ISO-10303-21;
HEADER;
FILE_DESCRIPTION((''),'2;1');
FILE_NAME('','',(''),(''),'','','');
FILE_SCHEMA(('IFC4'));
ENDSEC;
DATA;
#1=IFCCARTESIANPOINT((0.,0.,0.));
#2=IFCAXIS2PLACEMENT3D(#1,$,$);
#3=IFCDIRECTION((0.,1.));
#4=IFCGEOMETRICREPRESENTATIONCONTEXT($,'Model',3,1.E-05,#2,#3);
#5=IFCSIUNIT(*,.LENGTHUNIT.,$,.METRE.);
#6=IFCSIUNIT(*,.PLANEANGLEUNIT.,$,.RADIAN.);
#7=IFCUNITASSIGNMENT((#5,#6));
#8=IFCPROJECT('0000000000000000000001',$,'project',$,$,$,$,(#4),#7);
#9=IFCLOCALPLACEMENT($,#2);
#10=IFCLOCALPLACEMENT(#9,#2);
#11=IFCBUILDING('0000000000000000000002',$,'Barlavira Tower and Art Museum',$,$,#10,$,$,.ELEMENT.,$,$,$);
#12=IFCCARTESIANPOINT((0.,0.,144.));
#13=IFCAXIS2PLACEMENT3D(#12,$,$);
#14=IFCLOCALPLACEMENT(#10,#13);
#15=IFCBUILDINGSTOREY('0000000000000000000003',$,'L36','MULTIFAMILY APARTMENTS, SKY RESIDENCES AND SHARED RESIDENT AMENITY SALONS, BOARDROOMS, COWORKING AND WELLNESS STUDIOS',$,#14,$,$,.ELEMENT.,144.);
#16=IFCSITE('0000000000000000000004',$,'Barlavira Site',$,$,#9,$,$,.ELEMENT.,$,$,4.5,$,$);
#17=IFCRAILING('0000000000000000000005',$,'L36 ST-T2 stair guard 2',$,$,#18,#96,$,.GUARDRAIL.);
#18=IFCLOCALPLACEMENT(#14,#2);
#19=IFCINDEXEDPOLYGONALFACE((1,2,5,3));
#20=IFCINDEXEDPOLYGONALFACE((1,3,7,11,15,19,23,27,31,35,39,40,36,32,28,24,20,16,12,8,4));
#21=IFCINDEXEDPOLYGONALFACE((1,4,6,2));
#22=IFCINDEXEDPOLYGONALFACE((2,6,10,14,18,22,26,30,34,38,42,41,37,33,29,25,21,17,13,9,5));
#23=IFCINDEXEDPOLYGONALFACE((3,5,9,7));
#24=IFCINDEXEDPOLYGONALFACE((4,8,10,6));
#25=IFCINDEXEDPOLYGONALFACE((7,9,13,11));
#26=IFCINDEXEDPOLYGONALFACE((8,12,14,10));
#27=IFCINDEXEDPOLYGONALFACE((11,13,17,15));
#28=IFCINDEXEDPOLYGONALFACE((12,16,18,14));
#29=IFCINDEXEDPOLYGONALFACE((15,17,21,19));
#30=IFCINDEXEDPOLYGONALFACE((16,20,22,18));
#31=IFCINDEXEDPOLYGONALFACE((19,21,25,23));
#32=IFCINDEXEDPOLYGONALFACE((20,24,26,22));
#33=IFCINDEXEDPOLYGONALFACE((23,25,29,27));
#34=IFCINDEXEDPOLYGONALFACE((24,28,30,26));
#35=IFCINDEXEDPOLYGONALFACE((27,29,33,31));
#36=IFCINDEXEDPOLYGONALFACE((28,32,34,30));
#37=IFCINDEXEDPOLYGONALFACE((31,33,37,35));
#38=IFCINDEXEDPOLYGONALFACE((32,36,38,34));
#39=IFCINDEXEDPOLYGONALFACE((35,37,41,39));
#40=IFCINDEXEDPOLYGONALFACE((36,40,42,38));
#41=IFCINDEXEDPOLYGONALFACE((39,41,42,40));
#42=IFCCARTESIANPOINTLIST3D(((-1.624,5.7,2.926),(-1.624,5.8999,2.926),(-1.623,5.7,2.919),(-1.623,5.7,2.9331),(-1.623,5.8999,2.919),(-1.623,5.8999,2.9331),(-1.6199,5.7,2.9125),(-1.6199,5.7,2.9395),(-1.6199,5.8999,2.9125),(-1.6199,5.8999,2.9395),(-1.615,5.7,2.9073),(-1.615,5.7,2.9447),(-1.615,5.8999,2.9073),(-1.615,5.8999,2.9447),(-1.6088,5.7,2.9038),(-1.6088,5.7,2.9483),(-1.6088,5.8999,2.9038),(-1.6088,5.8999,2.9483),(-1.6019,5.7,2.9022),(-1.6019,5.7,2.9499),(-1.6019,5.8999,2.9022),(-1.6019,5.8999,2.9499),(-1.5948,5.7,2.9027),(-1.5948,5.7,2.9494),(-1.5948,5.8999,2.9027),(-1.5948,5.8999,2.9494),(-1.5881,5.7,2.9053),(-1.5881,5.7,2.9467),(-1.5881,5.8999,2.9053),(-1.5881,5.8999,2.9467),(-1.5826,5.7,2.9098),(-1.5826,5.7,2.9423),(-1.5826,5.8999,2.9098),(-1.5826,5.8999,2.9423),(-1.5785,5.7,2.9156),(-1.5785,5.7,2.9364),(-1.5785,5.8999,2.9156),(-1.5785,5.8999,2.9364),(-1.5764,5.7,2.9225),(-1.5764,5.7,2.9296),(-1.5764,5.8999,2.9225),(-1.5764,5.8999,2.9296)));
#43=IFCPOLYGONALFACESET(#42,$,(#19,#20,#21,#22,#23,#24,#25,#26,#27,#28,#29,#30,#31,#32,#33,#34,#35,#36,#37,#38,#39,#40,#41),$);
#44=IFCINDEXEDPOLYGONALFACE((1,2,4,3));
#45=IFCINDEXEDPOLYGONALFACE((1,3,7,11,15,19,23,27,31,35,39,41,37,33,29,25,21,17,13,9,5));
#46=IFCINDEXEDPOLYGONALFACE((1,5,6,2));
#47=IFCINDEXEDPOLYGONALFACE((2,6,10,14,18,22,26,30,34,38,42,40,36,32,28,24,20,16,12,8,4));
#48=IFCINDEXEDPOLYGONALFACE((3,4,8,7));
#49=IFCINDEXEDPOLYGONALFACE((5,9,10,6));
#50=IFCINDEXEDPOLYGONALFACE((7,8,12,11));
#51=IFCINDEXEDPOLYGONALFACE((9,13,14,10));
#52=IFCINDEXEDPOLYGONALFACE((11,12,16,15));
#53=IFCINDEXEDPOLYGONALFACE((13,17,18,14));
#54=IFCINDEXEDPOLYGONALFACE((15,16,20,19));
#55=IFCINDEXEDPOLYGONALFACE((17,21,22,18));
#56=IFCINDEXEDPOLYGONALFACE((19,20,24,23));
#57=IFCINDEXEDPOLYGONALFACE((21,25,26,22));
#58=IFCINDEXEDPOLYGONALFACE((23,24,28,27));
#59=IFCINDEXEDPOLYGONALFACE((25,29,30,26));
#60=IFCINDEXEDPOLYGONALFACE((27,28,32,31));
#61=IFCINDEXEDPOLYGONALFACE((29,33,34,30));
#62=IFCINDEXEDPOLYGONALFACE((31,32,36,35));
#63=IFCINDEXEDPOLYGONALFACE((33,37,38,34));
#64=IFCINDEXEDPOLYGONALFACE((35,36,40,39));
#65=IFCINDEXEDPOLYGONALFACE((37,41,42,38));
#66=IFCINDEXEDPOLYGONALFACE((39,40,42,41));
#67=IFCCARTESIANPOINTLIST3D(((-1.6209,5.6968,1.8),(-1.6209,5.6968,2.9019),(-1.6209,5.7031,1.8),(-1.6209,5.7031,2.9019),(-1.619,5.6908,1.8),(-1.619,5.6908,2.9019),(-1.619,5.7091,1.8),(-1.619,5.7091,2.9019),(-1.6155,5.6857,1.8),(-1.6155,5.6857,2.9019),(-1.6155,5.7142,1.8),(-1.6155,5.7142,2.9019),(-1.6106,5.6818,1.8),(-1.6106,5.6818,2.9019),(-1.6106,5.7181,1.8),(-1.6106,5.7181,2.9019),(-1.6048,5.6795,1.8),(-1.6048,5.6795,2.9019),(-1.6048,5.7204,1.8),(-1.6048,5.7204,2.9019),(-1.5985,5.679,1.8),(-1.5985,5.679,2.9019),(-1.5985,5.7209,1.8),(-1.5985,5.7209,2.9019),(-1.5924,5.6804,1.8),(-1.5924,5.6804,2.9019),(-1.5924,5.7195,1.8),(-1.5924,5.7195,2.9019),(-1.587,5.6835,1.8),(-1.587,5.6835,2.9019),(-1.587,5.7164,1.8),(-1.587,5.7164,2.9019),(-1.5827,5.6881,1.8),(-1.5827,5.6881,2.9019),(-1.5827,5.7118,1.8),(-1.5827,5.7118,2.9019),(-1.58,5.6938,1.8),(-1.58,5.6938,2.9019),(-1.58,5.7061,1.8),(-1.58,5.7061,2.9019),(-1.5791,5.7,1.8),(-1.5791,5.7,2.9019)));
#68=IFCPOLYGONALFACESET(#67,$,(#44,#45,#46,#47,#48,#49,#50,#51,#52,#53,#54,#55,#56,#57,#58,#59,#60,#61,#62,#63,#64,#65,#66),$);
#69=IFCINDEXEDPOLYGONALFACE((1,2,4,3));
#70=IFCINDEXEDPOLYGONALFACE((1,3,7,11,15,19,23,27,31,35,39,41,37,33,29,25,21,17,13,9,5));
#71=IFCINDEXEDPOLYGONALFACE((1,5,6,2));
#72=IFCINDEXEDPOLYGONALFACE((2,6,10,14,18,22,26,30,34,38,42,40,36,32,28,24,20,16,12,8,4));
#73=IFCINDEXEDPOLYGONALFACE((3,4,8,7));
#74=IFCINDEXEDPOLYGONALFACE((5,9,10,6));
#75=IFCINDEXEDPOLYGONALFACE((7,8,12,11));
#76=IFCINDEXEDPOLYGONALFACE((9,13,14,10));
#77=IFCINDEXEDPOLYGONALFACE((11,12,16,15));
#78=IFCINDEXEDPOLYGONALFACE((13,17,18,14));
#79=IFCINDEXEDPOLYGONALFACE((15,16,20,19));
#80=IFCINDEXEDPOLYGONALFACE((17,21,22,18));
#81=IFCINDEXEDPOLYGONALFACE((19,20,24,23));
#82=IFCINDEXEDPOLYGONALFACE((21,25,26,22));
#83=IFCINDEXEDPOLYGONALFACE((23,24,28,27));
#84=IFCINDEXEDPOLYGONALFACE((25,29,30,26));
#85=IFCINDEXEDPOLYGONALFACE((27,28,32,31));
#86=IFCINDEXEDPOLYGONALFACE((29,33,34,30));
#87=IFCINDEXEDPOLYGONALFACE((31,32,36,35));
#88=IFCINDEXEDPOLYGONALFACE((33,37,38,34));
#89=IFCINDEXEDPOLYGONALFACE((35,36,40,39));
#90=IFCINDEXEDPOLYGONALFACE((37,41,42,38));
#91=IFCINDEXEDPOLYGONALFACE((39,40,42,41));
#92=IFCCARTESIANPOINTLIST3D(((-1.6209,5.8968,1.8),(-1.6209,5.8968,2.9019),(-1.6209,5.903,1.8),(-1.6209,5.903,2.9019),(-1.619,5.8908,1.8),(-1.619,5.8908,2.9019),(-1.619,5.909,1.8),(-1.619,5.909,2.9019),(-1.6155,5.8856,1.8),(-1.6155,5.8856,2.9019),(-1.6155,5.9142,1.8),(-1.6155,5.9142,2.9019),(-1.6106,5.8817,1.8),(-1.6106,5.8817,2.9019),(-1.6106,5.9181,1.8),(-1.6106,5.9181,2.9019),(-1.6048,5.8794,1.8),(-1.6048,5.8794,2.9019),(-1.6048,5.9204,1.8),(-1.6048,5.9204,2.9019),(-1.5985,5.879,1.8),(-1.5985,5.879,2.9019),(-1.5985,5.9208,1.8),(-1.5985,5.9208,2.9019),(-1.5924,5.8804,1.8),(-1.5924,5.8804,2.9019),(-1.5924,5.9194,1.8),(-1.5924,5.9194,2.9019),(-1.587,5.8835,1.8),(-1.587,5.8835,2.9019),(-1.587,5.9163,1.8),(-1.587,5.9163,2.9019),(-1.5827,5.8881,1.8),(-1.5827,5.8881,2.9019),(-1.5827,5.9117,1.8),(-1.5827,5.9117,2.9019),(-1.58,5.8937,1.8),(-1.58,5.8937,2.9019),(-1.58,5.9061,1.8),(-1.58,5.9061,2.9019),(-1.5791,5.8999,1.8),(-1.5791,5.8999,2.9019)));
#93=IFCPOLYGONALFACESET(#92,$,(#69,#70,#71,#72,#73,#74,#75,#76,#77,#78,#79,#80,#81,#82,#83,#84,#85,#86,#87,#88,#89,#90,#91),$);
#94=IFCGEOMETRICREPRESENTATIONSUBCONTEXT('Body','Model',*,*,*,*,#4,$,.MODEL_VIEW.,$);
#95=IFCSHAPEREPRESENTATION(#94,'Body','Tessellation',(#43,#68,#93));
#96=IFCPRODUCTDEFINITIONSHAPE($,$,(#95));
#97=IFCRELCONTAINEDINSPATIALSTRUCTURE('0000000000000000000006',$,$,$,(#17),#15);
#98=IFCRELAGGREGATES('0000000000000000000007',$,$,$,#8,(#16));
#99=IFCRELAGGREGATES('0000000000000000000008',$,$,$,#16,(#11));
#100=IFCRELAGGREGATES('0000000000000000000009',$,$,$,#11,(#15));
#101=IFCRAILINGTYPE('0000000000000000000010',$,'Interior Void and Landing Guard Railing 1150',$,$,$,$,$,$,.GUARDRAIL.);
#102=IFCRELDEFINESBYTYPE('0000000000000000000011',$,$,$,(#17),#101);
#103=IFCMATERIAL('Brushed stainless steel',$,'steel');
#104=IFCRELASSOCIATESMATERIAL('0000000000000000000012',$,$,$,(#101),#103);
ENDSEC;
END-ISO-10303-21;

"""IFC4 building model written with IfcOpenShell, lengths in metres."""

from ifc_helpers import new_model, si_unit, direction, frame, origin, origin_2d, place, context, subcontext, project, spatial, circle, extrude, material, type_object, element, save


model = new_model("IFC4")

# Units and contexts
model_context = context("Model", 3, precision=1e-05, world=origin(), true_north=direction((0.0, 1.0)))
body_context = subcontext(model_context, "Body", "Model", "MODEL_VIEW")
ifc_project = project(units=[si_unit("LENGTHUNIT", "METRE"), si_unit("PLANEANGLEUNIT", "RADIAN")], contexts=[model_context])

# Site, building, storey
site_placement = place(None, origin())
site = spatial("IfcSite", under=ifc_project, at=site_placement, Name="Barlavira Site", CompositionType="ELEMENT", RefElevation=4.5)
building_placement = place(site_placement, origin())
building = spatial("IfcBuilding", under=site, at=building_placement, Name="Barlavira Tower and Art Museum", CompositionType="ELEMENT")
storey_placement = place(building_placement, frame((0.0, 0.0, 144.0)))
storey = spatial("IfcBuildingStorey", under=building, at=storey_placement, Name="L36", Description="MULTIFAMILY APARTMENTS, SKY RESIDENCES AND SHARED RESIDENT AMENITY SALONS, BOARDROOMS, COWORKING AND WELLNESS STUDIOS", CompositionType="ELEMENT", Elevation=144.0)

# Shared definitions
ifc_material_1 = material(Name="Brushed stainless steel", Category="steel")

# Railing
railing_type_1 = type_object("IfcRailingType", Name="Interior Void and Landing Guard Railing 1150", PredefinedType="GUARDRAIL", material=ifc_material_1)
railing_1_placement = place(storey_placement, frame((-1.6001, 5.7, 1.8)))
element("IfcRailing", 1, at=railing_1_placement, inside=storey, type_object=railing_type_1, Name="L36 ST-T2 stair guard 2", PredefinedType="GUARDRAIL", context=body_context, shape_type="SweptSolid", body=[
    extrude(circle(Radius=0.0239, at=origin_2d()), frame((0.0, 0.0, 1.126), z_axis=(0.0, 1.0, 0.0), x_axis=(-1.0, 0.0, 0.0)), (0.0, 0.0, 1.0), 0.2),
    extrude(circle(Radius=0.021, at=origin_2d()), origin(), (0.0, 0.0, 1.0), 1.1018),
    extrude(circle(Radius=0.021, at=origin_2d()), frame((0.0, 0.2, 0.0)), (0.0, 0.0, 1.0), 1.1018),
])

save(model, "model.ifc")
